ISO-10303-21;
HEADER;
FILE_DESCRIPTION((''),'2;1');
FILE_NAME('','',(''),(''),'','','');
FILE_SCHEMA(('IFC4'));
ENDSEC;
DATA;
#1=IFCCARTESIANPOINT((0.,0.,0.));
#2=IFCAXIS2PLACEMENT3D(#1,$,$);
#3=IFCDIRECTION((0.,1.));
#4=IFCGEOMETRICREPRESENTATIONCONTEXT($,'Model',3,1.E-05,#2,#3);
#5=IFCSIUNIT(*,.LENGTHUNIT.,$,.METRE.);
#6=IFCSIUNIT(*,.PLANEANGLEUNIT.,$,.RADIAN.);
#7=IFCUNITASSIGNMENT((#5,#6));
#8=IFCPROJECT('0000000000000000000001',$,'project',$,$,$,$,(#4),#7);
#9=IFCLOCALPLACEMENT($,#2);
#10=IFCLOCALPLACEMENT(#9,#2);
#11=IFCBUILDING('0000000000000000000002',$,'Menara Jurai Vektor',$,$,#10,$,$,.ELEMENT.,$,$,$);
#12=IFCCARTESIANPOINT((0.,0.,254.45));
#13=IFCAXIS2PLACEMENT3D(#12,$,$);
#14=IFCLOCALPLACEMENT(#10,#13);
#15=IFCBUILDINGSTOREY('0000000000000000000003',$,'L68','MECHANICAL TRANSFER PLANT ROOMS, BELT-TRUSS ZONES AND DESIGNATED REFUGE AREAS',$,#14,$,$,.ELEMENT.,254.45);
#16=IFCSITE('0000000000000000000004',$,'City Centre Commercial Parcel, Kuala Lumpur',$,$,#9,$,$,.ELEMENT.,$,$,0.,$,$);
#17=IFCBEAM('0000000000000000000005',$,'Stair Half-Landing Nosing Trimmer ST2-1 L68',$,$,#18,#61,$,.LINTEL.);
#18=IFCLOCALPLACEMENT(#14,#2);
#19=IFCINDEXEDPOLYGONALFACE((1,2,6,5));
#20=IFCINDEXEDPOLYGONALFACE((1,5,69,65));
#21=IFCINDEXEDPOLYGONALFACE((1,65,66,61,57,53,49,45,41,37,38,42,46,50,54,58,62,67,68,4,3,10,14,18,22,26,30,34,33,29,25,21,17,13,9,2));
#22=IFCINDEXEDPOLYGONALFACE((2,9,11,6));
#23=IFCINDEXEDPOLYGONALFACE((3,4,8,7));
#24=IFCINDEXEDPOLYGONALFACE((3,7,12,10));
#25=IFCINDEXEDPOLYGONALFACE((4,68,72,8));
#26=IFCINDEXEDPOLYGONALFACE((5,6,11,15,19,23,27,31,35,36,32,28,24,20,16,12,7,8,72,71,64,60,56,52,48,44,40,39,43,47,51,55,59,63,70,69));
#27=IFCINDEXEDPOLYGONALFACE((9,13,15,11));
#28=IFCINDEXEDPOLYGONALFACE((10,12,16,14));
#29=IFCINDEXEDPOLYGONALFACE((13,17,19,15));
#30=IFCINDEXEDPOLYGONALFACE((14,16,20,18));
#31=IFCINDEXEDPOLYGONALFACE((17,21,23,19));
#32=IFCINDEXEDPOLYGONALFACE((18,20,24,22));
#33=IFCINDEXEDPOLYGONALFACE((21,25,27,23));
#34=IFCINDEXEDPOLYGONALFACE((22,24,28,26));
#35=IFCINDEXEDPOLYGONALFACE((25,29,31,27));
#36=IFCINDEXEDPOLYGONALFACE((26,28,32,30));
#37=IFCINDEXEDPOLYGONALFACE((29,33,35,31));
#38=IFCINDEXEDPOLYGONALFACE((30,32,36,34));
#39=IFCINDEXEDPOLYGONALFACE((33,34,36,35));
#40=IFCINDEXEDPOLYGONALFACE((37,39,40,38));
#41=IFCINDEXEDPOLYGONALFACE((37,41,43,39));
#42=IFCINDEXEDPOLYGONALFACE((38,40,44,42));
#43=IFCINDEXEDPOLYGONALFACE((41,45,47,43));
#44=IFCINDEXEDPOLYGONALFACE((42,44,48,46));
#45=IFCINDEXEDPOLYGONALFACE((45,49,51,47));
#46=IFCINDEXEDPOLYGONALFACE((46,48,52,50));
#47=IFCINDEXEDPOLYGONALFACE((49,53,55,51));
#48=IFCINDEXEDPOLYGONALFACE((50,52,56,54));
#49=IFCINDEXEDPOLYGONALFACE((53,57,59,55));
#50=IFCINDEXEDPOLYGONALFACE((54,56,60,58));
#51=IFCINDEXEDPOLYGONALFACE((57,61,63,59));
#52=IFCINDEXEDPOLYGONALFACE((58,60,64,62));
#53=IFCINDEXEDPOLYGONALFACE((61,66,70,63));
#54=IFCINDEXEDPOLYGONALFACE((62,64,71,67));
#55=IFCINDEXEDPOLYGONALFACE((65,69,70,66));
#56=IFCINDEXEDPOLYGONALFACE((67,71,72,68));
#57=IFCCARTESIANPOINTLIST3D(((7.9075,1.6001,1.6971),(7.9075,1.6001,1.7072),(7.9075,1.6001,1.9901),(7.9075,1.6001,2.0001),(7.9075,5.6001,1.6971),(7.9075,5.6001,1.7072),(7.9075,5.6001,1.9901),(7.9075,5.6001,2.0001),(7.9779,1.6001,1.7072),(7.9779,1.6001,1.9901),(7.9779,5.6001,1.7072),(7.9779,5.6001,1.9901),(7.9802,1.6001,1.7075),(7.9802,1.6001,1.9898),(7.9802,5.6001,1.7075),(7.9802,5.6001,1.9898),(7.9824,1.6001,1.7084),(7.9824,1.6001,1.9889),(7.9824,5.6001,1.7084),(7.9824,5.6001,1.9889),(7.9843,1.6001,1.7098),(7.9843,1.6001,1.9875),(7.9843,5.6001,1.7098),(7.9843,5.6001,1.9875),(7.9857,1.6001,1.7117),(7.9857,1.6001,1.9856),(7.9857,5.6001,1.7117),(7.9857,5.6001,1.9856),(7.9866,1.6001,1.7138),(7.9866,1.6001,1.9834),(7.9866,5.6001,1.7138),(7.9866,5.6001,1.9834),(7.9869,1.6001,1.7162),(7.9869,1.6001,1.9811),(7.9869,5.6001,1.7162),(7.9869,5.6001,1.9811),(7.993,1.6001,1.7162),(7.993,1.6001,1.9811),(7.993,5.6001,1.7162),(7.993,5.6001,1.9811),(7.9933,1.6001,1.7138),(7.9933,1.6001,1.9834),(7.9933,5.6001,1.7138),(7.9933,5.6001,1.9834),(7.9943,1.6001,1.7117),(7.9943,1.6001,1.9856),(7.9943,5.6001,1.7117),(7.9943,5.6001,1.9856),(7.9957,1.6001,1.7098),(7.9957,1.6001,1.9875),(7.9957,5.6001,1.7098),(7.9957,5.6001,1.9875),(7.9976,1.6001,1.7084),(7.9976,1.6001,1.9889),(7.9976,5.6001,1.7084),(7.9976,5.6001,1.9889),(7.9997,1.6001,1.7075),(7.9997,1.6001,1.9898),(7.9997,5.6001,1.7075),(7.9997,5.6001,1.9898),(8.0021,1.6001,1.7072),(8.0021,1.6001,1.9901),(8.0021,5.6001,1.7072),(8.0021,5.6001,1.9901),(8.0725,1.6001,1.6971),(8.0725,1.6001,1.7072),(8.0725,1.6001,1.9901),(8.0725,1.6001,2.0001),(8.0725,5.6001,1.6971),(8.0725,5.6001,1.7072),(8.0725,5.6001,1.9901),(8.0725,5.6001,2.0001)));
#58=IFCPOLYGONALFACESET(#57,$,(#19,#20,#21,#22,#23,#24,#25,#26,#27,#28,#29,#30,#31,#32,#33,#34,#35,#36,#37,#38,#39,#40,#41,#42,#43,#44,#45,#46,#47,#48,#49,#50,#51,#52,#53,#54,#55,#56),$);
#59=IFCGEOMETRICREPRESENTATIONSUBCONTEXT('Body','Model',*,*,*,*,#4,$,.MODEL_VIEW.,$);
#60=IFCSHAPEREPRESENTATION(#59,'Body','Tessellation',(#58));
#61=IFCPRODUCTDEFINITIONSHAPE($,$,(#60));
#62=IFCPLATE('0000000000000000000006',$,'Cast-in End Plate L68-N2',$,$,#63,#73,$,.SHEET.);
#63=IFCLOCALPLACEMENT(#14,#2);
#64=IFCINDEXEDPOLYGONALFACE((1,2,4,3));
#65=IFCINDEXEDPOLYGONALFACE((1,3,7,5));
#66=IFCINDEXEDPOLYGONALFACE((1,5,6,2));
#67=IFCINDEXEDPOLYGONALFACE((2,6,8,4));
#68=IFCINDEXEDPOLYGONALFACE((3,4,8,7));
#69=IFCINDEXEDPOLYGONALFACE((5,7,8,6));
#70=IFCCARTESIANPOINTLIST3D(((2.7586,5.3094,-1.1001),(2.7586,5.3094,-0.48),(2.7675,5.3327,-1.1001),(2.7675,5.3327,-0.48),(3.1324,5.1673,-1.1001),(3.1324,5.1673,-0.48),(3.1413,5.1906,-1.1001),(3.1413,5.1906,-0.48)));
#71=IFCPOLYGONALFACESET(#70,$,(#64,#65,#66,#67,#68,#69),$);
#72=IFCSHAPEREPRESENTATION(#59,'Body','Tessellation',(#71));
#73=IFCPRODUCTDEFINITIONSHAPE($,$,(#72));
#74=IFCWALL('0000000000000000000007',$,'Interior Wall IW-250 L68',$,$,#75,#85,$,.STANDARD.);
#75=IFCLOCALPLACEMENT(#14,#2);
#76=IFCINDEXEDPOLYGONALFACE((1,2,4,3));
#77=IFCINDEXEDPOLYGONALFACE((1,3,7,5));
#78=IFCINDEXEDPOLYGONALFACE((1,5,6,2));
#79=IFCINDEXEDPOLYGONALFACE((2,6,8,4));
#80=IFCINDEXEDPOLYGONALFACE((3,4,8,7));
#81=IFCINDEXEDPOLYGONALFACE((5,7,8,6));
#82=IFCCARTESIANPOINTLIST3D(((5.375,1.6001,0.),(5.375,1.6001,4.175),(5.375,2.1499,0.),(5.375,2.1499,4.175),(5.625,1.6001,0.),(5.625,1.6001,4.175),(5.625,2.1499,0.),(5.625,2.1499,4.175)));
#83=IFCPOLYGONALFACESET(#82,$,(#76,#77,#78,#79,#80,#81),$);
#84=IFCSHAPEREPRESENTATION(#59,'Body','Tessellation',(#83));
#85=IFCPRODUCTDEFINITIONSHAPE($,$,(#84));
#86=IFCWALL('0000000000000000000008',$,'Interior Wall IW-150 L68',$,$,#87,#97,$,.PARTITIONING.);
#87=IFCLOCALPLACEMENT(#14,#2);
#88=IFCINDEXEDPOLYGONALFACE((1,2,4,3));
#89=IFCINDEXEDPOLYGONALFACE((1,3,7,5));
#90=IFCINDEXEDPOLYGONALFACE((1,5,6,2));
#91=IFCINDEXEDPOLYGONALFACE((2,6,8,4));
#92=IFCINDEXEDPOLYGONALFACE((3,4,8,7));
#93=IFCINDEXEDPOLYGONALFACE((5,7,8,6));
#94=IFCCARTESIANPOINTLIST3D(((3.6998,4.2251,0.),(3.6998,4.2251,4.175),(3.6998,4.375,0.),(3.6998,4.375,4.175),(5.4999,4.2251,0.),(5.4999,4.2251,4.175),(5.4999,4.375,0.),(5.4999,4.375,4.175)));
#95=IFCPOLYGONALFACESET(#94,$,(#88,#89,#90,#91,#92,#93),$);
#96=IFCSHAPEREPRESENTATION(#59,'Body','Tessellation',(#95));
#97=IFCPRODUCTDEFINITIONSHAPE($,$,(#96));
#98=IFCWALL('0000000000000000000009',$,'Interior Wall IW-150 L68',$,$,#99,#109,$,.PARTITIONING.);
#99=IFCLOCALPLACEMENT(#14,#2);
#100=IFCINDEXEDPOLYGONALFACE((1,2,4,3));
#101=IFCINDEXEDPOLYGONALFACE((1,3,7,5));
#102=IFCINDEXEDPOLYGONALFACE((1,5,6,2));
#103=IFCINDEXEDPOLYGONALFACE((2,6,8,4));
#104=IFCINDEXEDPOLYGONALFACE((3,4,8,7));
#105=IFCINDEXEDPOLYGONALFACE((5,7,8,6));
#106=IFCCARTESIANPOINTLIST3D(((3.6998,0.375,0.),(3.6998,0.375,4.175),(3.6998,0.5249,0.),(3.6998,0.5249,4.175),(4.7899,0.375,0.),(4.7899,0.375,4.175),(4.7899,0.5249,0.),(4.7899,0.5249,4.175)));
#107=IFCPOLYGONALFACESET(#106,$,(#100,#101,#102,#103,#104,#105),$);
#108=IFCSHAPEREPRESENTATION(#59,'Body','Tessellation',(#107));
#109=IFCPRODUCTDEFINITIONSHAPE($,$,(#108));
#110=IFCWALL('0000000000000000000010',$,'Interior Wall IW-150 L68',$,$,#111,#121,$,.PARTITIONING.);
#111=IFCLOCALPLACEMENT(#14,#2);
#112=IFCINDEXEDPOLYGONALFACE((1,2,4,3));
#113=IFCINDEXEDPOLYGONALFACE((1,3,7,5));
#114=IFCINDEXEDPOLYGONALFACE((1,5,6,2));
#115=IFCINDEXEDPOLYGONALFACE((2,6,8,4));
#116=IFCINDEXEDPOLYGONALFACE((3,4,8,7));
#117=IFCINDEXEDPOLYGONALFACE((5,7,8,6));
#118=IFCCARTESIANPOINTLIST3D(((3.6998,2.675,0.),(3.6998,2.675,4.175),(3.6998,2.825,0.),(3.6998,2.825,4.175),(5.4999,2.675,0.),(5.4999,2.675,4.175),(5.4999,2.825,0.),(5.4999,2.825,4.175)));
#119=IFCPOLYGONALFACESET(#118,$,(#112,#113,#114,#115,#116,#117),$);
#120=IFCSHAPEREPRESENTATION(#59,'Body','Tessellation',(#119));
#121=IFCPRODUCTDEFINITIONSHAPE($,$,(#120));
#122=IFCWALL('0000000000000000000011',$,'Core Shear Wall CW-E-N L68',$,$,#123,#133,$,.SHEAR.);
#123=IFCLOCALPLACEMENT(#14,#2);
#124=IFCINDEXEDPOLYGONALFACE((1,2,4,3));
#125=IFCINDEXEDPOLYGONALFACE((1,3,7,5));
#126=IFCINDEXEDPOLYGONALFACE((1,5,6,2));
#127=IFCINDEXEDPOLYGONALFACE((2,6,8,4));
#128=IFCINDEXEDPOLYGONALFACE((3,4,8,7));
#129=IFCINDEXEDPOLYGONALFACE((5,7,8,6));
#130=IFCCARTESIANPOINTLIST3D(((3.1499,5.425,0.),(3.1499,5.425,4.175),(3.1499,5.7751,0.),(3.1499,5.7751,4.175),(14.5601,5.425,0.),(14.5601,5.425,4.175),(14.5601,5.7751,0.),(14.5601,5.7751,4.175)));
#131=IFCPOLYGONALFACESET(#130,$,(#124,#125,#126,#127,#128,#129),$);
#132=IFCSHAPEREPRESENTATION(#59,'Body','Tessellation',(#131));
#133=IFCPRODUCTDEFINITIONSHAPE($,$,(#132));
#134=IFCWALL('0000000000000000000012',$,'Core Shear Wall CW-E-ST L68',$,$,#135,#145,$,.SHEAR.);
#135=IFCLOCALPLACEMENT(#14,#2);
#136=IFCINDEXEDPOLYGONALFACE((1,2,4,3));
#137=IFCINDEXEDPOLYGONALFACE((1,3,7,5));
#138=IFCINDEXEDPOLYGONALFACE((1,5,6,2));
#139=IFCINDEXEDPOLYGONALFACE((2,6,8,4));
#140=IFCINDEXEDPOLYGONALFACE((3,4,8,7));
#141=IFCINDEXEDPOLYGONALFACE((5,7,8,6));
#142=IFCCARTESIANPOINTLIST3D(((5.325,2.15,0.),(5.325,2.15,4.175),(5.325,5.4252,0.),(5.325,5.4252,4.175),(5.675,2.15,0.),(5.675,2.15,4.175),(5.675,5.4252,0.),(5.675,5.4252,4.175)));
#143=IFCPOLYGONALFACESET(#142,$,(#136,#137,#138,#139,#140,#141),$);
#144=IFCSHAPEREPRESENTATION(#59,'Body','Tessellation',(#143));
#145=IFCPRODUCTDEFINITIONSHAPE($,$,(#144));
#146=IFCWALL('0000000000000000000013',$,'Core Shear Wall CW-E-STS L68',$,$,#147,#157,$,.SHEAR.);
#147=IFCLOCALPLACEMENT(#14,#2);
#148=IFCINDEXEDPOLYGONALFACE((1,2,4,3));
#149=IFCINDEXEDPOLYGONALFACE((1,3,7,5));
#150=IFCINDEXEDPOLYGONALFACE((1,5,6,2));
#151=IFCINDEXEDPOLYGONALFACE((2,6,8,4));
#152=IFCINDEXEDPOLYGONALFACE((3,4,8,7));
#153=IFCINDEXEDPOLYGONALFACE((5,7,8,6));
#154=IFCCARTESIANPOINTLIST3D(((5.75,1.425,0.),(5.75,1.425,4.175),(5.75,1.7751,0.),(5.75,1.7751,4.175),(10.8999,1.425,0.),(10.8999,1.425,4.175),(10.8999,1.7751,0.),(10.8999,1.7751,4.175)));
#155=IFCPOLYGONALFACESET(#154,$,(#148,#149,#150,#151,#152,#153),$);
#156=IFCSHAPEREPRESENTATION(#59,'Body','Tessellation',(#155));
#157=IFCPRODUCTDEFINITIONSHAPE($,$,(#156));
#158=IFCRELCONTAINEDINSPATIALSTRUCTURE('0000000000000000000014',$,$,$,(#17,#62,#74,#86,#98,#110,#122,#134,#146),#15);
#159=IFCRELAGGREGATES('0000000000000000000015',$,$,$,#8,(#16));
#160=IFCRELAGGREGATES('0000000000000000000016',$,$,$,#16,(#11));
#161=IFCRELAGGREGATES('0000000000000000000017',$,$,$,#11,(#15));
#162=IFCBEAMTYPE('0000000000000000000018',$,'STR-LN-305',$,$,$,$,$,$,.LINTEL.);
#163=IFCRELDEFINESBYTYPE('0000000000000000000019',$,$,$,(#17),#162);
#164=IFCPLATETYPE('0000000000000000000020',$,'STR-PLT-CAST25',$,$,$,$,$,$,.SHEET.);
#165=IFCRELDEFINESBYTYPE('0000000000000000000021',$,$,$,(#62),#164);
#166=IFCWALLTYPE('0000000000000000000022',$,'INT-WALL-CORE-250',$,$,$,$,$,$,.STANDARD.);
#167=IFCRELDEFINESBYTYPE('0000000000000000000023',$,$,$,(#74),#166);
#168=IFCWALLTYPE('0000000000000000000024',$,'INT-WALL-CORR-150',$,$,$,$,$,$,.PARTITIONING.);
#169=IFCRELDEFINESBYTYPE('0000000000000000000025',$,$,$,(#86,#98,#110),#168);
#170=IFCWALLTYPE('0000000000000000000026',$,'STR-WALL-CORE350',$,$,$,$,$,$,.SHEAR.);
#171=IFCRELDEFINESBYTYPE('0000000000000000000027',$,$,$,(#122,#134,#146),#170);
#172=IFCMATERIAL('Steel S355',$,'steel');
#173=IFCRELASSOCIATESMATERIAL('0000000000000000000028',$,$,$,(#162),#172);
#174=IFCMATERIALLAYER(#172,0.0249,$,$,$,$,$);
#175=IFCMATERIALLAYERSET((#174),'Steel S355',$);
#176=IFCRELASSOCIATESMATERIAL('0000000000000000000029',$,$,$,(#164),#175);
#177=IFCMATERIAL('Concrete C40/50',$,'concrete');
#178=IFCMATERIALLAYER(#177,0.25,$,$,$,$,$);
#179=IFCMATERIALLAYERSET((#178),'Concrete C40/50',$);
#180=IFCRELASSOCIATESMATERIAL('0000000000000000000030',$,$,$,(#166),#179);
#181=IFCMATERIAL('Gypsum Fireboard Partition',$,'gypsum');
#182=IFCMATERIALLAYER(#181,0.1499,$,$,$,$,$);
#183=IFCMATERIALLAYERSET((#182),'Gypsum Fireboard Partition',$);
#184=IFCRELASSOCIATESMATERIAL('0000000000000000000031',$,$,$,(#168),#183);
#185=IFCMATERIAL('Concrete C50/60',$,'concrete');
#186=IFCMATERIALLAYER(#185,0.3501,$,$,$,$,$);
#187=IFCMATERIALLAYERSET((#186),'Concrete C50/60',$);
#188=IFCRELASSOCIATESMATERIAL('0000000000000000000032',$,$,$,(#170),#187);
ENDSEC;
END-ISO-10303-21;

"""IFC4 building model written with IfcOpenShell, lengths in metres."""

from ifc_helpers import new_model, si_unit, direction, frame, frame_2d, origin, origin_2d, place, context, subcontext, project, spatial, rectangle, i_section, extrude, material, layer, layer_set, material_profile, profile_set, type_object, element, save


model = new_model("IFC4")

# Units and contexts
model_context = context("Model", 3, precision=1e-05, world=origin(), true_north=direction((0.0, 1.0)))
body_context = subcontext(model_context, "Body", "Model", "MODEL_VIEW")
ifc_project = project(units=[si_unit("LENGTHUNIT", "METRE"), si_unit("PLANEANGLEUNIT", "RADIAN")], contexts=[model_context])

# Site, building, storey
site_placement = place(None, origin())
site = spatial("IfcSite", under=ifc_project, at=site_placement, Name="City Centre Commercial Parcel, Kuala Lumpur", CompositionType="ELEMENT", RefElevation=0.0)
building_placement = place(site_placement, origin())
building = spatial("IfcBuilding", under=site, at=building_placement, Name="Menara Jurai Vektor", CompositionType="ELEMENT")
storey_placement = place(building_placement, frame((0.0, 0.0, 254.45)))
storey = spatial("IfcBuildingStorey", under=building, at=storey_placement, Name="L68", Description="MECHANICAL TRANSFER PLANT ROOMS, BELT-TRUSS ZONES AND DESIGNATED REFUGE AREAS", CompositionType="ELEMENT", Elevation=254.45)

# Shared definitions
ifc_material_1 = material(Name="Concrete C50/60", Category="concrete")
ifc_material_2 = material(Name="Steel S355", Category="steel")

# Beam
ifc_material_profile_1 = material_profile(ifc_material_2, i_section(OverallWidth=0.165, OverallDepth=0.303, WebThickness=0.0061, FlangeThickness=0.01, FilletRadius=0.009, at=origin_2d()), Name="UKB 305x165x40")
ifc_profile_set_1 = profile_set([ifc_material_profile_1], Name="Steel S355")
beam_type_1 = type_object("IfcBeamType", Name="STR-LN-305", PredefinedType="LINTEL", material=ifc_profile_set_1)
beam_1_placement = place(storey_placement, frame((7.99, 1.6001, 1.8486), z_axis=(0.0, 1.0, 0.0), x_axis=(-1.0, 0.0, 0.0)))
element("IfcBeam", 1, at=beam_1_placement, inside=storey, type_object=beam_type_1, Name="Stair Half-Landing Nosing Trimmer ST2-1 L68", PredefinedType="LINTEL", context=body_context, shape_type="SweptSolid", body=[
    extrude(i_section(OverallWidth=0.165, OverallDepth=0.303, WebThickness=0.0061, FlangeThickness=0.01, FilletRadius=0.009, at=origin_2d()), origin(), (0.0, 0.0, 1.0), 4.0),
])

# Plate
ifc_layer_1 = layer(ifc_material_2, 0.0249)
ifc_layer_set_1 = layer_set([ifc_layer_1], Name="Steel S355")
plate_type = type_object("IfcPlateType", Name="STR-PLT-CAST25", PredefinedType="SHEET", material=ifc_layer_set_1)
plate_placement = place(storey_placement, frame((2.95, 5.25, -1.1001), z_axis=(0.0, 0.0, 1.0), x_axis=(0.934702, -0.355433, 0.0)))
element("IfcPlate", 2, at=plate_placement, inside=storey, type_object=plate_type, Name="Cast-in End Plate L68-N2", PredefinedType="SHEET", context=body_context, shape_type="SweptSolid", body=[
    extrude(rectangle(XDim=0.3999, YDim=0.0249, at=origin_2d()), origin(), (0.0, 0.0, 1.0), 0.6201),
])

# Shared definitions
ifc_material_3 = material(Name="Concrete C40/50", Category="concrete")
ifc_layer_2 = layer(ifc_material_3, 0.25)
ifc_layer_set_2 = layer_set([ifc_layer_2], Name="Concrete C40/50")
wall_type_1 = type_object("IfcWallType", Name="INT-WALL-CORE-250", PredefinedType="STANDARD", material=ifc_layer_set_2)

# Walls
wall_1_placement = place(storey_placement, frame((5.5, 1.6001, 0.0), z_axis=(0.0, 0.0, 1.0), x_axis=(0.0, 1.0, 0.0)))
element("IfcWall", 3, at=wall_1_placement, inside=storey, type_object=wall_type_1, Name="Interior Wall IW-250 L68", PredefinedType="STANDARD", context=body_context, shape_type="SweptSolid", body=[
    extrude(rectangle(XDim=0.5498, YDim=0.25, at=frame_2d((0.2749, 0.0))), origin(), (0.0, 0.0, 1.0), 4.175),
])
ifc_material_4 = material(Name="Gypsum Fireboard Partition", Category="gypsum")
ifc_layer_3 = layer(ifc_material_4, 0.1499)
ifc_layer_set_3 = layer_set([ifc_layer_3], Name="Gypsum Fireboard Partition")
wall_type_2 = type_object("IfcWallType", Name="INT-WALL-CORR-150", PredefinedType="PARTITIONING", material=ifc_layer_set_3)
wall_2_placement = place(storey_placement, frame((3.7, 4.3, 0.0), z_axis=(0.0, 0.0, 1.0), x_axis=(1.0, 0.0, 0.0)))
element("IfcWall", 4, at=wall_2_placement, inside=storey, type_object=wall_type_2, Name="Interior Wall IW-150 L68", PredefinedType="PARTITIONING", context=body_context, shape_type="SweptSolid", body=[
    extrude(rectangle(XDim=1.8, YDim=0.1499, at=frame_2d((0.8999, 0.0))), origin(), (0.0, 0.0, 1.0), 4.175),
])
wall_3_placement = place(storey_placement, frame((3.7, 0.45, 0.0), z_axis=(0.0, 0.0, 1.0), x_axis=(1.0, 0.0, 0.0)))
element("IfcWall", 5, at=wall_3_placement, inside=storey, type_object=wall_type_2, Name="Interior Wall IW-150 L68", PredefinedType="PARTITIONING", context=body_context, shape_type="SweptSolid", body=[
    extrude(rectangle(XDim=1.0901, YDim=0.1499, at=frame_2d((0.5449, 0.0))), origin(), (0.0, 0.0, 1.0), 4.175),
])
wall_4_placement = place(storey_placement, frame((3.7, 2.75, 0.0), z_axis=(0.0, 0.0, 1.0), x_axis=(1.0, 0.0, 0.0)))
element("IfcWall", 6, at=wall_4_placement, inside=storey, type_object=wall_type_2, Name="Interior Wall IW-150 L68", PredefinedType="PARTITIONING", context=body_context, shape_type="SweptSolid", body=[
    extrude(rectangle(XDim=1.8, YDim=0.1499, at=frame_2d((0.8999, 0.0))), origin(), (0.0, 0.0, 1.0), 4.175),
])
ifc_layer_4 = layer(ifc_material_1, 0.3501)
ifc_layer_set_4 = layer_set([ifc_layer_4], Name="Concrete C50/60")
wall_type_3 = type_object("IfcWallType", Name="STR-WALL-CORE350", PredefinedType="SHEAR", material=ifc_layer_set_4)
wall_5_placement = place(storey_placement, frame((3.1499, 5.6001, 0.0), z_axis=(0.0, 0.0, 1.0), x_axis=(1.0, 0.0, 0.0)))
element("IfcWall", 7, at=wall_5_placement, inside=storey, type_object=wall_type_3, Name="Core Shear Wall CW-E-N L68", PredefinedType="SHEAR", context=body_context, shape_type="SweptSolid", body=[
    extrude(rectangle(XDim=11.4102, YDim=0.3501, at=frame_2d((5.7051, 0.0))), origin(), (0.0, 0.0, 1.0), 4.175),
])
wall_6_placement = place(storey_placement, frame((5.5, 2.1499, 0.0), z_axis=(0.0, 0.0, 1.0), x_axis=(0.0, 1.0, 0.0)))
element("IfcWall", 8, at=wall_6_placement, inside=storey, type_object=wall_type_3, Name="Core Shear Wall CW-E-ST L68", PredefinedType="SHEAR", context=body_context, shape_type="SweptSolid", body=[
    extrude(rectangle(XDim=3.2751, YDim=0.3501, at=frame_2d((1.6377, 0.0))), origin(), (0.0, 0.0, 1.0), 4.175),
])
wall_7_placement = place(storey_placement, frame((5.75, 1.6001, 0.0), z_axis=(0.0, 0.0, 1.0), x_axis=(1.0, 0.0, 0.0)))
element("IfcWall", 9, at=wall_7_placement, inside=storey, type_object=wall_type_3, Name="Core Shear Wall CW-E-STS L68", PredefinedType="SHEAR", context=body_context, shape_type="SweptSolid", body=[
    extrude(rectangle(XDim=5.1499, YDim=0.3501, at=frame_2d((2.575, 0.0))), origin(), (0.0, 0.0, 1.0), 4.175),
])

save(model, "model.ifc")
